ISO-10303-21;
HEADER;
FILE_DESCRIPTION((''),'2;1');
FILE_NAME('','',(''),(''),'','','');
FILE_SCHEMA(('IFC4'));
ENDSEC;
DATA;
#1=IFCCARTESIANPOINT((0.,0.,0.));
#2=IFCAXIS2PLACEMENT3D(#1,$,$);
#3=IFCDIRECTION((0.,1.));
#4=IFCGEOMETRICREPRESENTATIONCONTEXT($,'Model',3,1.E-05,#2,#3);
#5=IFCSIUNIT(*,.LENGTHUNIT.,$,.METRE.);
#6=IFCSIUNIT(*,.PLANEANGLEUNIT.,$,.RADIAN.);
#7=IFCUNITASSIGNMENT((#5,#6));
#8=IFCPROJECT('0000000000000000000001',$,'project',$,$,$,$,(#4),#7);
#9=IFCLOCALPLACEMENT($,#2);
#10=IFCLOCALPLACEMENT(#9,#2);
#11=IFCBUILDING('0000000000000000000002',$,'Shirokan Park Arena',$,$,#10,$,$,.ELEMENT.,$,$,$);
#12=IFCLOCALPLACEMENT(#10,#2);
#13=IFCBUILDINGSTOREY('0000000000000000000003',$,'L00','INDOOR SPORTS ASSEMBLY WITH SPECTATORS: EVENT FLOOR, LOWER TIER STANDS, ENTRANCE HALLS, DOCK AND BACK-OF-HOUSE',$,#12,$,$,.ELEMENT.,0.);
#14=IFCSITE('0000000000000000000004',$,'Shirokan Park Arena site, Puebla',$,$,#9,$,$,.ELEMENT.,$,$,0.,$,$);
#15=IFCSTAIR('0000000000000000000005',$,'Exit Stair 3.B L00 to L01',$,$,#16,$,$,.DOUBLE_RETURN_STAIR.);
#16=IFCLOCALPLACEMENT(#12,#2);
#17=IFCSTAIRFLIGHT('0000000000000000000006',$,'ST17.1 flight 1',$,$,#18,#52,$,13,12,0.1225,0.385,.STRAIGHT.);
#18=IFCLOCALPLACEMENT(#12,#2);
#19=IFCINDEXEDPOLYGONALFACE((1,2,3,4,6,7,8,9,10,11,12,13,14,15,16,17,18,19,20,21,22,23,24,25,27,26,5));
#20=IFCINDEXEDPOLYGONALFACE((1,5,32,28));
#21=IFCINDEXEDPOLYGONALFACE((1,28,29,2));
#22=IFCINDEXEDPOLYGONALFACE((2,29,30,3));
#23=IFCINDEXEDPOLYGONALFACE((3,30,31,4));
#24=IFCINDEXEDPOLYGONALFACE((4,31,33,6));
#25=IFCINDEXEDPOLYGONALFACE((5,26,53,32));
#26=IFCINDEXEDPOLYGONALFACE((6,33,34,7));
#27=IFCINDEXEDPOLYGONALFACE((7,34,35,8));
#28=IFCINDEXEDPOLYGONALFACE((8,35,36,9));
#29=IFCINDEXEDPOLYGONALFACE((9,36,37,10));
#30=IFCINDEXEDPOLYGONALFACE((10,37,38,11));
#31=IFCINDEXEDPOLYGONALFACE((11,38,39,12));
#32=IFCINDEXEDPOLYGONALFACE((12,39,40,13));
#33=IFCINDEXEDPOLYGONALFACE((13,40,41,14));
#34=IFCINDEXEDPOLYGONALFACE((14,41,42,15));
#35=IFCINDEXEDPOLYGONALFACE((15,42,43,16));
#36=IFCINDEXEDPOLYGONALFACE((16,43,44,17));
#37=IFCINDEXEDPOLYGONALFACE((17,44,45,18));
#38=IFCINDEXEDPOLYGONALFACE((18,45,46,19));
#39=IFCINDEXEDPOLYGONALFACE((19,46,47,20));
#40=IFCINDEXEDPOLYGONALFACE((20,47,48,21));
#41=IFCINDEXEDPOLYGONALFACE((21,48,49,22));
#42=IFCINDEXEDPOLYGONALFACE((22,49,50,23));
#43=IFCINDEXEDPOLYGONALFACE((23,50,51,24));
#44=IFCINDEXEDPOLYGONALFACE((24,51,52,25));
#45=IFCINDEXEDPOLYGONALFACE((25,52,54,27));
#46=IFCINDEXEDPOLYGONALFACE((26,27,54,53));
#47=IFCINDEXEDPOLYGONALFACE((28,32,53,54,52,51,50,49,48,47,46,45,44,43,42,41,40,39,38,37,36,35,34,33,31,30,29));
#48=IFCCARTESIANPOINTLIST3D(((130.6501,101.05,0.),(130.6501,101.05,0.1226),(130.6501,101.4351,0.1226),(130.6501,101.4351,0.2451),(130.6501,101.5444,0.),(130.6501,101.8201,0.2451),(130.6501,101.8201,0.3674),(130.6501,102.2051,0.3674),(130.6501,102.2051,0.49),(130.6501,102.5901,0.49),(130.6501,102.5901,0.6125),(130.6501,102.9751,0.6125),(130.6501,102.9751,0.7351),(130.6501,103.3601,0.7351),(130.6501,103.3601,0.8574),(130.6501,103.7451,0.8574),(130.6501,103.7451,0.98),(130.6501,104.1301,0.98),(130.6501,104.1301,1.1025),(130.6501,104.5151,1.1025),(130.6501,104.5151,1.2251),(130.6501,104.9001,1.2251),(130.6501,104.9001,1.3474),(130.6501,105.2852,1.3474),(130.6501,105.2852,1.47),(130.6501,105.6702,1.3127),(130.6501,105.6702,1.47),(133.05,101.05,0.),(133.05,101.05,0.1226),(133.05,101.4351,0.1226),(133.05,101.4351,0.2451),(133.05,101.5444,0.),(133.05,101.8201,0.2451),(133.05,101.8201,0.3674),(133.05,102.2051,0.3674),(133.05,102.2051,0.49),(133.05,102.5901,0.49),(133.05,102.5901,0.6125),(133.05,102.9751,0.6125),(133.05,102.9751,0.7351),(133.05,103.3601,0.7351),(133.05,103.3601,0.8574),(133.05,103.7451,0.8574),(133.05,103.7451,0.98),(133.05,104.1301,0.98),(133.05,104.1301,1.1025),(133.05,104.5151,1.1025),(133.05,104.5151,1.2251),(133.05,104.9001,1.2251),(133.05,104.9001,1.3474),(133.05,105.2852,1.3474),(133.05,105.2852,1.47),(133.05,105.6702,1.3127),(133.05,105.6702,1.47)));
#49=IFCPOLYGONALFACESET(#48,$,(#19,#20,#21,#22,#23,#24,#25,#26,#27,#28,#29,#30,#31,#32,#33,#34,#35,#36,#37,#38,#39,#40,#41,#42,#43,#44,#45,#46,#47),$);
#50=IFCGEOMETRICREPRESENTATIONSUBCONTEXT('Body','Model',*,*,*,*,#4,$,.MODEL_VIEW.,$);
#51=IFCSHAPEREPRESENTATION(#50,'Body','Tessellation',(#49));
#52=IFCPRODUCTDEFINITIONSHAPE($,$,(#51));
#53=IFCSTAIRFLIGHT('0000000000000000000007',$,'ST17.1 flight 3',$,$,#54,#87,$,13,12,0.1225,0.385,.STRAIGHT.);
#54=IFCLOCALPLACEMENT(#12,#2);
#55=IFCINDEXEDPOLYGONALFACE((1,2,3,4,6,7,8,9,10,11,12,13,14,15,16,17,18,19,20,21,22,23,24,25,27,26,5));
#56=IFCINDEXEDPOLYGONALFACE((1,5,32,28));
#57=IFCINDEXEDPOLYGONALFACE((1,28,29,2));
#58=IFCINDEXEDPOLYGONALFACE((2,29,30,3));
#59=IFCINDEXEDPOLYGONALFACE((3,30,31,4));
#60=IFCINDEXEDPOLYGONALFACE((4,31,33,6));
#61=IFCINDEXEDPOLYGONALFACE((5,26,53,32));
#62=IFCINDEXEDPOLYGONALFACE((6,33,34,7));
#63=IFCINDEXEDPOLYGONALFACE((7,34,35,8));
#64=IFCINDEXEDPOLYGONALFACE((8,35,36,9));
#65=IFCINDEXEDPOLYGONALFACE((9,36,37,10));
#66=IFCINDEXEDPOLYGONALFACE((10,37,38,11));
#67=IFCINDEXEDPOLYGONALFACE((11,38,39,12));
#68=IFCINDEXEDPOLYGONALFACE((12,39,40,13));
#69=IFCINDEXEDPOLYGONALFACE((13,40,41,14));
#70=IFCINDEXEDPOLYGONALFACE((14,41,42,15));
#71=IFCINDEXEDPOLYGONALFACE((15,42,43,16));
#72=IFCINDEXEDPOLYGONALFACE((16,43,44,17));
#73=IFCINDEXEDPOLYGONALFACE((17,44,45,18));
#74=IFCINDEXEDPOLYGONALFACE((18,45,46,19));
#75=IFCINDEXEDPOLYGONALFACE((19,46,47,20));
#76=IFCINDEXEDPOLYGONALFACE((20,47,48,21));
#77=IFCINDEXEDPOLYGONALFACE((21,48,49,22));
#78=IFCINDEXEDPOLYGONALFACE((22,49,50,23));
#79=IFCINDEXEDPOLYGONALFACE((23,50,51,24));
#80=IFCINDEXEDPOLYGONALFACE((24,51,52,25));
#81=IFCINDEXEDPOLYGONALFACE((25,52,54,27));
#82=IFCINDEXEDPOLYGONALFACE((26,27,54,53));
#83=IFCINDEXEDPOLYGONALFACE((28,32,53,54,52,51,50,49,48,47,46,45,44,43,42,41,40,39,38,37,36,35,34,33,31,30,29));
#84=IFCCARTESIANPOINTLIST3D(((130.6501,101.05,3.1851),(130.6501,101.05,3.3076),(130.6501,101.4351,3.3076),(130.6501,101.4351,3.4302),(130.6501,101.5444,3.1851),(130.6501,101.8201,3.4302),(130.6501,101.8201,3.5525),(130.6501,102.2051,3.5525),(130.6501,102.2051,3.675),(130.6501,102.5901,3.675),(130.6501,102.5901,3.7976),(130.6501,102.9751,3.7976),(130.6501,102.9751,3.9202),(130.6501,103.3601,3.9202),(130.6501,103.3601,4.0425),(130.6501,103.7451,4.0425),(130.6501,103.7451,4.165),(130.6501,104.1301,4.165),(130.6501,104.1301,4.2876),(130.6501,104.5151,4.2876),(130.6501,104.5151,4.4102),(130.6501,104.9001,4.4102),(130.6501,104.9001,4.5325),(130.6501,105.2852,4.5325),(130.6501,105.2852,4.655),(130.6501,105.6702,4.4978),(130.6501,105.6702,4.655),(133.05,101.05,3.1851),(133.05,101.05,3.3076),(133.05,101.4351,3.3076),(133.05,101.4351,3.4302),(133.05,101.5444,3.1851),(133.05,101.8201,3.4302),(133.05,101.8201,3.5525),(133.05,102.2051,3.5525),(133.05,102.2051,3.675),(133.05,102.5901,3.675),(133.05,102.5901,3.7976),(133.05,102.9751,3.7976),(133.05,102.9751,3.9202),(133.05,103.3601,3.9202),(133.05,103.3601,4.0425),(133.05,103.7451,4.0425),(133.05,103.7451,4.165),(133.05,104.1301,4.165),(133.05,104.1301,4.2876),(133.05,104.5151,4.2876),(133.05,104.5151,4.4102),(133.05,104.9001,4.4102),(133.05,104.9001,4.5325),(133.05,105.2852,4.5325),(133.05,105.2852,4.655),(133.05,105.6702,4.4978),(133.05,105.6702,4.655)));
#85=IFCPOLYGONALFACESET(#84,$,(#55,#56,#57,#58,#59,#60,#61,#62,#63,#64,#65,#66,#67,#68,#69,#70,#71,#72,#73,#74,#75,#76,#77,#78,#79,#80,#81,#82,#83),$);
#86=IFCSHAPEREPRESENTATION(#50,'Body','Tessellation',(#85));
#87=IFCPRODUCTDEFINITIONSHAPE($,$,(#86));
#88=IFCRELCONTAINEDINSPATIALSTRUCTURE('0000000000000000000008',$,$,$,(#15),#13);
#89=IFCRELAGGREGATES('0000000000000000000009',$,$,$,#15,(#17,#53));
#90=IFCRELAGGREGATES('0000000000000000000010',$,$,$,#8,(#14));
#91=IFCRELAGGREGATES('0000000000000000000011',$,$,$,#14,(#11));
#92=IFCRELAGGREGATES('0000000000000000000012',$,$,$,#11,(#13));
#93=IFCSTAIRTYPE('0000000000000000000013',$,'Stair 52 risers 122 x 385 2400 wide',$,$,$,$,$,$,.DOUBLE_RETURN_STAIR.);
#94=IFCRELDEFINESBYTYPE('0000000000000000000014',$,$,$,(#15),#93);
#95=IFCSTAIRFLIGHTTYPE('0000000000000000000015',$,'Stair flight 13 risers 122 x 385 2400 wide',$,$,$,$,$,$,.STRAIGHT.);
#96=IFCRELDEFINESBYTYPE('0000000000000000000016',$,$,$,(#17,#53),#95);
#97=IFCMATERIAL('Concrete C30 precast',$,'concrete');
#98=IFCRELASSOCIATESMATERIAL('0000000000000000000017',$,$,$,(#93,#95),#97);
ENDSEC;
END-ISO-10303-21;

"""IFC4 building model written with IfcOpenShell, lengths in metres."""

from ifc_helpers import new_model, si_unit, direction, frame, origin, place, context, subcontext, project, spatial, polyline, outline, extrude, material, type_object, element, aggregate, save


model = new_model("IFC4")

# Units and contexts
model_context = context("Model", 3, precision=1e-05, world=origin(), true_north=direction((0.0, 1.0)))
body_context = subcontext(model_context, "Body", "Model", "MODEL_VIEW")
ifc_project = project(units=[si_unit("LENGTHUNIT", "METRE"), si_unit("PLANEANGLEUNIT", "RADIAN")], contexts=[model_context])

# Site, building, storey
site_placement = place(None, origin())
site = spatial("IfcSite", under=ifc_project, at=site_placement, Name="Shirokan Park Arena site, Puebla", CompositionType="ELEMENT", RefElevation=0.0)
building_placement = place(site_placement, origin())
building = spatial("IfcBuilding", under=site, at=building_placement, Name="Shirokan Park Arena", CompositionType="ELEMENT")
storey_placement = place(building_placement, origin())
storey = spatial("IfcBuildingStorey", under=building, at=storey_placement, Name="L00", Description="INDOOR SPORTS ASSEMBLY WITH SPECTATORS: EVENT FLOOR, LOWER TIER STANDS, ENTRANCE HALLS, DOCK AND BACK-OF-HOUSE", CompositionType="ELEMENT", Elevation=0.0)

# Stair, stair flights
ifc_material_1 = material(Name="Concrete C30 precast", Category="concrete")
stair_type = type_object("IfcStairType", Name="Stair 52 risers 122 x 385 2400 wide", PredefinedType="DOUBLE_RETURN_STAIR", material=ifc_material_1)
stair_placement = place(storey_placement, origin())
stair = element("IfcStair", 1, at=stair_placement, inside=storey, type_object=stair_type, Name="Exit Stair 3.B L00 to L01", PredefinedType="DOUBLE_RETURN_STAIR")
stair_flight_type = type_object("IfcStairFlightType", Name="Stair flight 13 risers 122 x 385 2400 wide", PredefinedType="STRAIGHT", material=ifc_material_1)
stair_flight_1_placement = place(storey_placement, frame((131.8501, 101.05, 0.0), z_axis=(0.0, 0.0, 1.0), x_axis=(0.0, 1.0, 0.0)))
stair_flight_1 = element("IfcStairFlight", 2, at=stair_flight_1_placement, type_object=stair_flight_type, Name="ST17.1 flight 1", NumberOfRisers=13, NumberOfTreads=12, PredefinedType="STRAIGHT", RiserHeight=0.1225, TreadLength=0.385, context=body_context, shape_type="SweptSolid", body=[
    extrude(outline(polyline([(0.0, 0.0), (0.0, 0.1226), (0.385, 0.1226), (0.385, 0.2451), (0.77, 0.2451), (0.77, 0.3674), (1.155, 0.3674), (1.155, 0.49), (1.54, 0.49), (1.54, 0.6125), (1.925, 0.6125), (1.925, 0.7351), (2.3101, 0.7351), (2.3101, 0.8574), (2.6951, 0.8574), (2.6951, 0.98), (3.0801, 0.98), (3.0801, 1.1025), (3.4651, 1.1025), (3.4651, 1.2251), (3.8501, 1.2251), (3.8501, 1.3474), (4.2351, 1.3474), (4.2351, 1.47), (4.6201, 1.47), (4.6201, 1.5925), (4.6201, 1.3127), (0.4944, 0.0), (0.0, 0.0)])), frame((0.0, 1.2, 0.0), z_axis=(0.0, -1.0, 0.0), x_axis=(1.0, 0.0, 0.0)), (0.0, 0.0, 1.0), 2.3999),
])
stair_flight_2_placement = place(storey_placement, frame((131.8501, 101.05, 3.1851), z_axis=(0.0, 0.0, 1.0), x_axis=(0.0, 1.0, 0.0)))
stair_flight_2 = element("IfcStairFlight", 3, at=stair_flight_2_placement, type_object=stair_flight_type, Name="ST17.1 flight 3", NumberOfRisers=13, NumberOfTreads=12, PredefinedType="STRAIGHT", RiserHeight=0.1225, TreadLength=0.385, context=body_context, shape_type="SweptSolid", body=[
    extrude(outline(polyline([(0.0, 0.0), (0.0, 0.1226), (0.385, 0.1226), (0.385, 0.2451), (0.77, 0.2451), (0.77, 0.3674), (1.155, 0.3674), (1.155, 0.49), (1.54, 0.49), (1.54, 0.6125), (1.925, 0.6125), (1.925, 0.7351), (2.3101, 0.7351), (2.3101, 0.8574), (2.6951, 0.8574), (2.6951, 0.98), (3.0801, 0.98), (3.0801, 1.1025), (3.4651, 1.1025), (3.4651, 1.2251), (3.8501, 1.2251), (3.8501, 1.3474), (4.2351, 1.3474), (4.2351, 1.47), (4.6201, 1.47), (4.6201, 1.5925), (4.6201, 1.3127), (0.4944, 0.0), (0.0, 0.0)])), frame((0.0, 1.2, 0.0), z_axis=(0.0, -1.0, 0.0), x_axis=(1.0, 0.0, 0.0)), (0.0, 0.0, 1.0), 2.3999),
])
aggregate(stair, [stair_flight_1, stair_flight_2])

save(model, "model.ifc")
